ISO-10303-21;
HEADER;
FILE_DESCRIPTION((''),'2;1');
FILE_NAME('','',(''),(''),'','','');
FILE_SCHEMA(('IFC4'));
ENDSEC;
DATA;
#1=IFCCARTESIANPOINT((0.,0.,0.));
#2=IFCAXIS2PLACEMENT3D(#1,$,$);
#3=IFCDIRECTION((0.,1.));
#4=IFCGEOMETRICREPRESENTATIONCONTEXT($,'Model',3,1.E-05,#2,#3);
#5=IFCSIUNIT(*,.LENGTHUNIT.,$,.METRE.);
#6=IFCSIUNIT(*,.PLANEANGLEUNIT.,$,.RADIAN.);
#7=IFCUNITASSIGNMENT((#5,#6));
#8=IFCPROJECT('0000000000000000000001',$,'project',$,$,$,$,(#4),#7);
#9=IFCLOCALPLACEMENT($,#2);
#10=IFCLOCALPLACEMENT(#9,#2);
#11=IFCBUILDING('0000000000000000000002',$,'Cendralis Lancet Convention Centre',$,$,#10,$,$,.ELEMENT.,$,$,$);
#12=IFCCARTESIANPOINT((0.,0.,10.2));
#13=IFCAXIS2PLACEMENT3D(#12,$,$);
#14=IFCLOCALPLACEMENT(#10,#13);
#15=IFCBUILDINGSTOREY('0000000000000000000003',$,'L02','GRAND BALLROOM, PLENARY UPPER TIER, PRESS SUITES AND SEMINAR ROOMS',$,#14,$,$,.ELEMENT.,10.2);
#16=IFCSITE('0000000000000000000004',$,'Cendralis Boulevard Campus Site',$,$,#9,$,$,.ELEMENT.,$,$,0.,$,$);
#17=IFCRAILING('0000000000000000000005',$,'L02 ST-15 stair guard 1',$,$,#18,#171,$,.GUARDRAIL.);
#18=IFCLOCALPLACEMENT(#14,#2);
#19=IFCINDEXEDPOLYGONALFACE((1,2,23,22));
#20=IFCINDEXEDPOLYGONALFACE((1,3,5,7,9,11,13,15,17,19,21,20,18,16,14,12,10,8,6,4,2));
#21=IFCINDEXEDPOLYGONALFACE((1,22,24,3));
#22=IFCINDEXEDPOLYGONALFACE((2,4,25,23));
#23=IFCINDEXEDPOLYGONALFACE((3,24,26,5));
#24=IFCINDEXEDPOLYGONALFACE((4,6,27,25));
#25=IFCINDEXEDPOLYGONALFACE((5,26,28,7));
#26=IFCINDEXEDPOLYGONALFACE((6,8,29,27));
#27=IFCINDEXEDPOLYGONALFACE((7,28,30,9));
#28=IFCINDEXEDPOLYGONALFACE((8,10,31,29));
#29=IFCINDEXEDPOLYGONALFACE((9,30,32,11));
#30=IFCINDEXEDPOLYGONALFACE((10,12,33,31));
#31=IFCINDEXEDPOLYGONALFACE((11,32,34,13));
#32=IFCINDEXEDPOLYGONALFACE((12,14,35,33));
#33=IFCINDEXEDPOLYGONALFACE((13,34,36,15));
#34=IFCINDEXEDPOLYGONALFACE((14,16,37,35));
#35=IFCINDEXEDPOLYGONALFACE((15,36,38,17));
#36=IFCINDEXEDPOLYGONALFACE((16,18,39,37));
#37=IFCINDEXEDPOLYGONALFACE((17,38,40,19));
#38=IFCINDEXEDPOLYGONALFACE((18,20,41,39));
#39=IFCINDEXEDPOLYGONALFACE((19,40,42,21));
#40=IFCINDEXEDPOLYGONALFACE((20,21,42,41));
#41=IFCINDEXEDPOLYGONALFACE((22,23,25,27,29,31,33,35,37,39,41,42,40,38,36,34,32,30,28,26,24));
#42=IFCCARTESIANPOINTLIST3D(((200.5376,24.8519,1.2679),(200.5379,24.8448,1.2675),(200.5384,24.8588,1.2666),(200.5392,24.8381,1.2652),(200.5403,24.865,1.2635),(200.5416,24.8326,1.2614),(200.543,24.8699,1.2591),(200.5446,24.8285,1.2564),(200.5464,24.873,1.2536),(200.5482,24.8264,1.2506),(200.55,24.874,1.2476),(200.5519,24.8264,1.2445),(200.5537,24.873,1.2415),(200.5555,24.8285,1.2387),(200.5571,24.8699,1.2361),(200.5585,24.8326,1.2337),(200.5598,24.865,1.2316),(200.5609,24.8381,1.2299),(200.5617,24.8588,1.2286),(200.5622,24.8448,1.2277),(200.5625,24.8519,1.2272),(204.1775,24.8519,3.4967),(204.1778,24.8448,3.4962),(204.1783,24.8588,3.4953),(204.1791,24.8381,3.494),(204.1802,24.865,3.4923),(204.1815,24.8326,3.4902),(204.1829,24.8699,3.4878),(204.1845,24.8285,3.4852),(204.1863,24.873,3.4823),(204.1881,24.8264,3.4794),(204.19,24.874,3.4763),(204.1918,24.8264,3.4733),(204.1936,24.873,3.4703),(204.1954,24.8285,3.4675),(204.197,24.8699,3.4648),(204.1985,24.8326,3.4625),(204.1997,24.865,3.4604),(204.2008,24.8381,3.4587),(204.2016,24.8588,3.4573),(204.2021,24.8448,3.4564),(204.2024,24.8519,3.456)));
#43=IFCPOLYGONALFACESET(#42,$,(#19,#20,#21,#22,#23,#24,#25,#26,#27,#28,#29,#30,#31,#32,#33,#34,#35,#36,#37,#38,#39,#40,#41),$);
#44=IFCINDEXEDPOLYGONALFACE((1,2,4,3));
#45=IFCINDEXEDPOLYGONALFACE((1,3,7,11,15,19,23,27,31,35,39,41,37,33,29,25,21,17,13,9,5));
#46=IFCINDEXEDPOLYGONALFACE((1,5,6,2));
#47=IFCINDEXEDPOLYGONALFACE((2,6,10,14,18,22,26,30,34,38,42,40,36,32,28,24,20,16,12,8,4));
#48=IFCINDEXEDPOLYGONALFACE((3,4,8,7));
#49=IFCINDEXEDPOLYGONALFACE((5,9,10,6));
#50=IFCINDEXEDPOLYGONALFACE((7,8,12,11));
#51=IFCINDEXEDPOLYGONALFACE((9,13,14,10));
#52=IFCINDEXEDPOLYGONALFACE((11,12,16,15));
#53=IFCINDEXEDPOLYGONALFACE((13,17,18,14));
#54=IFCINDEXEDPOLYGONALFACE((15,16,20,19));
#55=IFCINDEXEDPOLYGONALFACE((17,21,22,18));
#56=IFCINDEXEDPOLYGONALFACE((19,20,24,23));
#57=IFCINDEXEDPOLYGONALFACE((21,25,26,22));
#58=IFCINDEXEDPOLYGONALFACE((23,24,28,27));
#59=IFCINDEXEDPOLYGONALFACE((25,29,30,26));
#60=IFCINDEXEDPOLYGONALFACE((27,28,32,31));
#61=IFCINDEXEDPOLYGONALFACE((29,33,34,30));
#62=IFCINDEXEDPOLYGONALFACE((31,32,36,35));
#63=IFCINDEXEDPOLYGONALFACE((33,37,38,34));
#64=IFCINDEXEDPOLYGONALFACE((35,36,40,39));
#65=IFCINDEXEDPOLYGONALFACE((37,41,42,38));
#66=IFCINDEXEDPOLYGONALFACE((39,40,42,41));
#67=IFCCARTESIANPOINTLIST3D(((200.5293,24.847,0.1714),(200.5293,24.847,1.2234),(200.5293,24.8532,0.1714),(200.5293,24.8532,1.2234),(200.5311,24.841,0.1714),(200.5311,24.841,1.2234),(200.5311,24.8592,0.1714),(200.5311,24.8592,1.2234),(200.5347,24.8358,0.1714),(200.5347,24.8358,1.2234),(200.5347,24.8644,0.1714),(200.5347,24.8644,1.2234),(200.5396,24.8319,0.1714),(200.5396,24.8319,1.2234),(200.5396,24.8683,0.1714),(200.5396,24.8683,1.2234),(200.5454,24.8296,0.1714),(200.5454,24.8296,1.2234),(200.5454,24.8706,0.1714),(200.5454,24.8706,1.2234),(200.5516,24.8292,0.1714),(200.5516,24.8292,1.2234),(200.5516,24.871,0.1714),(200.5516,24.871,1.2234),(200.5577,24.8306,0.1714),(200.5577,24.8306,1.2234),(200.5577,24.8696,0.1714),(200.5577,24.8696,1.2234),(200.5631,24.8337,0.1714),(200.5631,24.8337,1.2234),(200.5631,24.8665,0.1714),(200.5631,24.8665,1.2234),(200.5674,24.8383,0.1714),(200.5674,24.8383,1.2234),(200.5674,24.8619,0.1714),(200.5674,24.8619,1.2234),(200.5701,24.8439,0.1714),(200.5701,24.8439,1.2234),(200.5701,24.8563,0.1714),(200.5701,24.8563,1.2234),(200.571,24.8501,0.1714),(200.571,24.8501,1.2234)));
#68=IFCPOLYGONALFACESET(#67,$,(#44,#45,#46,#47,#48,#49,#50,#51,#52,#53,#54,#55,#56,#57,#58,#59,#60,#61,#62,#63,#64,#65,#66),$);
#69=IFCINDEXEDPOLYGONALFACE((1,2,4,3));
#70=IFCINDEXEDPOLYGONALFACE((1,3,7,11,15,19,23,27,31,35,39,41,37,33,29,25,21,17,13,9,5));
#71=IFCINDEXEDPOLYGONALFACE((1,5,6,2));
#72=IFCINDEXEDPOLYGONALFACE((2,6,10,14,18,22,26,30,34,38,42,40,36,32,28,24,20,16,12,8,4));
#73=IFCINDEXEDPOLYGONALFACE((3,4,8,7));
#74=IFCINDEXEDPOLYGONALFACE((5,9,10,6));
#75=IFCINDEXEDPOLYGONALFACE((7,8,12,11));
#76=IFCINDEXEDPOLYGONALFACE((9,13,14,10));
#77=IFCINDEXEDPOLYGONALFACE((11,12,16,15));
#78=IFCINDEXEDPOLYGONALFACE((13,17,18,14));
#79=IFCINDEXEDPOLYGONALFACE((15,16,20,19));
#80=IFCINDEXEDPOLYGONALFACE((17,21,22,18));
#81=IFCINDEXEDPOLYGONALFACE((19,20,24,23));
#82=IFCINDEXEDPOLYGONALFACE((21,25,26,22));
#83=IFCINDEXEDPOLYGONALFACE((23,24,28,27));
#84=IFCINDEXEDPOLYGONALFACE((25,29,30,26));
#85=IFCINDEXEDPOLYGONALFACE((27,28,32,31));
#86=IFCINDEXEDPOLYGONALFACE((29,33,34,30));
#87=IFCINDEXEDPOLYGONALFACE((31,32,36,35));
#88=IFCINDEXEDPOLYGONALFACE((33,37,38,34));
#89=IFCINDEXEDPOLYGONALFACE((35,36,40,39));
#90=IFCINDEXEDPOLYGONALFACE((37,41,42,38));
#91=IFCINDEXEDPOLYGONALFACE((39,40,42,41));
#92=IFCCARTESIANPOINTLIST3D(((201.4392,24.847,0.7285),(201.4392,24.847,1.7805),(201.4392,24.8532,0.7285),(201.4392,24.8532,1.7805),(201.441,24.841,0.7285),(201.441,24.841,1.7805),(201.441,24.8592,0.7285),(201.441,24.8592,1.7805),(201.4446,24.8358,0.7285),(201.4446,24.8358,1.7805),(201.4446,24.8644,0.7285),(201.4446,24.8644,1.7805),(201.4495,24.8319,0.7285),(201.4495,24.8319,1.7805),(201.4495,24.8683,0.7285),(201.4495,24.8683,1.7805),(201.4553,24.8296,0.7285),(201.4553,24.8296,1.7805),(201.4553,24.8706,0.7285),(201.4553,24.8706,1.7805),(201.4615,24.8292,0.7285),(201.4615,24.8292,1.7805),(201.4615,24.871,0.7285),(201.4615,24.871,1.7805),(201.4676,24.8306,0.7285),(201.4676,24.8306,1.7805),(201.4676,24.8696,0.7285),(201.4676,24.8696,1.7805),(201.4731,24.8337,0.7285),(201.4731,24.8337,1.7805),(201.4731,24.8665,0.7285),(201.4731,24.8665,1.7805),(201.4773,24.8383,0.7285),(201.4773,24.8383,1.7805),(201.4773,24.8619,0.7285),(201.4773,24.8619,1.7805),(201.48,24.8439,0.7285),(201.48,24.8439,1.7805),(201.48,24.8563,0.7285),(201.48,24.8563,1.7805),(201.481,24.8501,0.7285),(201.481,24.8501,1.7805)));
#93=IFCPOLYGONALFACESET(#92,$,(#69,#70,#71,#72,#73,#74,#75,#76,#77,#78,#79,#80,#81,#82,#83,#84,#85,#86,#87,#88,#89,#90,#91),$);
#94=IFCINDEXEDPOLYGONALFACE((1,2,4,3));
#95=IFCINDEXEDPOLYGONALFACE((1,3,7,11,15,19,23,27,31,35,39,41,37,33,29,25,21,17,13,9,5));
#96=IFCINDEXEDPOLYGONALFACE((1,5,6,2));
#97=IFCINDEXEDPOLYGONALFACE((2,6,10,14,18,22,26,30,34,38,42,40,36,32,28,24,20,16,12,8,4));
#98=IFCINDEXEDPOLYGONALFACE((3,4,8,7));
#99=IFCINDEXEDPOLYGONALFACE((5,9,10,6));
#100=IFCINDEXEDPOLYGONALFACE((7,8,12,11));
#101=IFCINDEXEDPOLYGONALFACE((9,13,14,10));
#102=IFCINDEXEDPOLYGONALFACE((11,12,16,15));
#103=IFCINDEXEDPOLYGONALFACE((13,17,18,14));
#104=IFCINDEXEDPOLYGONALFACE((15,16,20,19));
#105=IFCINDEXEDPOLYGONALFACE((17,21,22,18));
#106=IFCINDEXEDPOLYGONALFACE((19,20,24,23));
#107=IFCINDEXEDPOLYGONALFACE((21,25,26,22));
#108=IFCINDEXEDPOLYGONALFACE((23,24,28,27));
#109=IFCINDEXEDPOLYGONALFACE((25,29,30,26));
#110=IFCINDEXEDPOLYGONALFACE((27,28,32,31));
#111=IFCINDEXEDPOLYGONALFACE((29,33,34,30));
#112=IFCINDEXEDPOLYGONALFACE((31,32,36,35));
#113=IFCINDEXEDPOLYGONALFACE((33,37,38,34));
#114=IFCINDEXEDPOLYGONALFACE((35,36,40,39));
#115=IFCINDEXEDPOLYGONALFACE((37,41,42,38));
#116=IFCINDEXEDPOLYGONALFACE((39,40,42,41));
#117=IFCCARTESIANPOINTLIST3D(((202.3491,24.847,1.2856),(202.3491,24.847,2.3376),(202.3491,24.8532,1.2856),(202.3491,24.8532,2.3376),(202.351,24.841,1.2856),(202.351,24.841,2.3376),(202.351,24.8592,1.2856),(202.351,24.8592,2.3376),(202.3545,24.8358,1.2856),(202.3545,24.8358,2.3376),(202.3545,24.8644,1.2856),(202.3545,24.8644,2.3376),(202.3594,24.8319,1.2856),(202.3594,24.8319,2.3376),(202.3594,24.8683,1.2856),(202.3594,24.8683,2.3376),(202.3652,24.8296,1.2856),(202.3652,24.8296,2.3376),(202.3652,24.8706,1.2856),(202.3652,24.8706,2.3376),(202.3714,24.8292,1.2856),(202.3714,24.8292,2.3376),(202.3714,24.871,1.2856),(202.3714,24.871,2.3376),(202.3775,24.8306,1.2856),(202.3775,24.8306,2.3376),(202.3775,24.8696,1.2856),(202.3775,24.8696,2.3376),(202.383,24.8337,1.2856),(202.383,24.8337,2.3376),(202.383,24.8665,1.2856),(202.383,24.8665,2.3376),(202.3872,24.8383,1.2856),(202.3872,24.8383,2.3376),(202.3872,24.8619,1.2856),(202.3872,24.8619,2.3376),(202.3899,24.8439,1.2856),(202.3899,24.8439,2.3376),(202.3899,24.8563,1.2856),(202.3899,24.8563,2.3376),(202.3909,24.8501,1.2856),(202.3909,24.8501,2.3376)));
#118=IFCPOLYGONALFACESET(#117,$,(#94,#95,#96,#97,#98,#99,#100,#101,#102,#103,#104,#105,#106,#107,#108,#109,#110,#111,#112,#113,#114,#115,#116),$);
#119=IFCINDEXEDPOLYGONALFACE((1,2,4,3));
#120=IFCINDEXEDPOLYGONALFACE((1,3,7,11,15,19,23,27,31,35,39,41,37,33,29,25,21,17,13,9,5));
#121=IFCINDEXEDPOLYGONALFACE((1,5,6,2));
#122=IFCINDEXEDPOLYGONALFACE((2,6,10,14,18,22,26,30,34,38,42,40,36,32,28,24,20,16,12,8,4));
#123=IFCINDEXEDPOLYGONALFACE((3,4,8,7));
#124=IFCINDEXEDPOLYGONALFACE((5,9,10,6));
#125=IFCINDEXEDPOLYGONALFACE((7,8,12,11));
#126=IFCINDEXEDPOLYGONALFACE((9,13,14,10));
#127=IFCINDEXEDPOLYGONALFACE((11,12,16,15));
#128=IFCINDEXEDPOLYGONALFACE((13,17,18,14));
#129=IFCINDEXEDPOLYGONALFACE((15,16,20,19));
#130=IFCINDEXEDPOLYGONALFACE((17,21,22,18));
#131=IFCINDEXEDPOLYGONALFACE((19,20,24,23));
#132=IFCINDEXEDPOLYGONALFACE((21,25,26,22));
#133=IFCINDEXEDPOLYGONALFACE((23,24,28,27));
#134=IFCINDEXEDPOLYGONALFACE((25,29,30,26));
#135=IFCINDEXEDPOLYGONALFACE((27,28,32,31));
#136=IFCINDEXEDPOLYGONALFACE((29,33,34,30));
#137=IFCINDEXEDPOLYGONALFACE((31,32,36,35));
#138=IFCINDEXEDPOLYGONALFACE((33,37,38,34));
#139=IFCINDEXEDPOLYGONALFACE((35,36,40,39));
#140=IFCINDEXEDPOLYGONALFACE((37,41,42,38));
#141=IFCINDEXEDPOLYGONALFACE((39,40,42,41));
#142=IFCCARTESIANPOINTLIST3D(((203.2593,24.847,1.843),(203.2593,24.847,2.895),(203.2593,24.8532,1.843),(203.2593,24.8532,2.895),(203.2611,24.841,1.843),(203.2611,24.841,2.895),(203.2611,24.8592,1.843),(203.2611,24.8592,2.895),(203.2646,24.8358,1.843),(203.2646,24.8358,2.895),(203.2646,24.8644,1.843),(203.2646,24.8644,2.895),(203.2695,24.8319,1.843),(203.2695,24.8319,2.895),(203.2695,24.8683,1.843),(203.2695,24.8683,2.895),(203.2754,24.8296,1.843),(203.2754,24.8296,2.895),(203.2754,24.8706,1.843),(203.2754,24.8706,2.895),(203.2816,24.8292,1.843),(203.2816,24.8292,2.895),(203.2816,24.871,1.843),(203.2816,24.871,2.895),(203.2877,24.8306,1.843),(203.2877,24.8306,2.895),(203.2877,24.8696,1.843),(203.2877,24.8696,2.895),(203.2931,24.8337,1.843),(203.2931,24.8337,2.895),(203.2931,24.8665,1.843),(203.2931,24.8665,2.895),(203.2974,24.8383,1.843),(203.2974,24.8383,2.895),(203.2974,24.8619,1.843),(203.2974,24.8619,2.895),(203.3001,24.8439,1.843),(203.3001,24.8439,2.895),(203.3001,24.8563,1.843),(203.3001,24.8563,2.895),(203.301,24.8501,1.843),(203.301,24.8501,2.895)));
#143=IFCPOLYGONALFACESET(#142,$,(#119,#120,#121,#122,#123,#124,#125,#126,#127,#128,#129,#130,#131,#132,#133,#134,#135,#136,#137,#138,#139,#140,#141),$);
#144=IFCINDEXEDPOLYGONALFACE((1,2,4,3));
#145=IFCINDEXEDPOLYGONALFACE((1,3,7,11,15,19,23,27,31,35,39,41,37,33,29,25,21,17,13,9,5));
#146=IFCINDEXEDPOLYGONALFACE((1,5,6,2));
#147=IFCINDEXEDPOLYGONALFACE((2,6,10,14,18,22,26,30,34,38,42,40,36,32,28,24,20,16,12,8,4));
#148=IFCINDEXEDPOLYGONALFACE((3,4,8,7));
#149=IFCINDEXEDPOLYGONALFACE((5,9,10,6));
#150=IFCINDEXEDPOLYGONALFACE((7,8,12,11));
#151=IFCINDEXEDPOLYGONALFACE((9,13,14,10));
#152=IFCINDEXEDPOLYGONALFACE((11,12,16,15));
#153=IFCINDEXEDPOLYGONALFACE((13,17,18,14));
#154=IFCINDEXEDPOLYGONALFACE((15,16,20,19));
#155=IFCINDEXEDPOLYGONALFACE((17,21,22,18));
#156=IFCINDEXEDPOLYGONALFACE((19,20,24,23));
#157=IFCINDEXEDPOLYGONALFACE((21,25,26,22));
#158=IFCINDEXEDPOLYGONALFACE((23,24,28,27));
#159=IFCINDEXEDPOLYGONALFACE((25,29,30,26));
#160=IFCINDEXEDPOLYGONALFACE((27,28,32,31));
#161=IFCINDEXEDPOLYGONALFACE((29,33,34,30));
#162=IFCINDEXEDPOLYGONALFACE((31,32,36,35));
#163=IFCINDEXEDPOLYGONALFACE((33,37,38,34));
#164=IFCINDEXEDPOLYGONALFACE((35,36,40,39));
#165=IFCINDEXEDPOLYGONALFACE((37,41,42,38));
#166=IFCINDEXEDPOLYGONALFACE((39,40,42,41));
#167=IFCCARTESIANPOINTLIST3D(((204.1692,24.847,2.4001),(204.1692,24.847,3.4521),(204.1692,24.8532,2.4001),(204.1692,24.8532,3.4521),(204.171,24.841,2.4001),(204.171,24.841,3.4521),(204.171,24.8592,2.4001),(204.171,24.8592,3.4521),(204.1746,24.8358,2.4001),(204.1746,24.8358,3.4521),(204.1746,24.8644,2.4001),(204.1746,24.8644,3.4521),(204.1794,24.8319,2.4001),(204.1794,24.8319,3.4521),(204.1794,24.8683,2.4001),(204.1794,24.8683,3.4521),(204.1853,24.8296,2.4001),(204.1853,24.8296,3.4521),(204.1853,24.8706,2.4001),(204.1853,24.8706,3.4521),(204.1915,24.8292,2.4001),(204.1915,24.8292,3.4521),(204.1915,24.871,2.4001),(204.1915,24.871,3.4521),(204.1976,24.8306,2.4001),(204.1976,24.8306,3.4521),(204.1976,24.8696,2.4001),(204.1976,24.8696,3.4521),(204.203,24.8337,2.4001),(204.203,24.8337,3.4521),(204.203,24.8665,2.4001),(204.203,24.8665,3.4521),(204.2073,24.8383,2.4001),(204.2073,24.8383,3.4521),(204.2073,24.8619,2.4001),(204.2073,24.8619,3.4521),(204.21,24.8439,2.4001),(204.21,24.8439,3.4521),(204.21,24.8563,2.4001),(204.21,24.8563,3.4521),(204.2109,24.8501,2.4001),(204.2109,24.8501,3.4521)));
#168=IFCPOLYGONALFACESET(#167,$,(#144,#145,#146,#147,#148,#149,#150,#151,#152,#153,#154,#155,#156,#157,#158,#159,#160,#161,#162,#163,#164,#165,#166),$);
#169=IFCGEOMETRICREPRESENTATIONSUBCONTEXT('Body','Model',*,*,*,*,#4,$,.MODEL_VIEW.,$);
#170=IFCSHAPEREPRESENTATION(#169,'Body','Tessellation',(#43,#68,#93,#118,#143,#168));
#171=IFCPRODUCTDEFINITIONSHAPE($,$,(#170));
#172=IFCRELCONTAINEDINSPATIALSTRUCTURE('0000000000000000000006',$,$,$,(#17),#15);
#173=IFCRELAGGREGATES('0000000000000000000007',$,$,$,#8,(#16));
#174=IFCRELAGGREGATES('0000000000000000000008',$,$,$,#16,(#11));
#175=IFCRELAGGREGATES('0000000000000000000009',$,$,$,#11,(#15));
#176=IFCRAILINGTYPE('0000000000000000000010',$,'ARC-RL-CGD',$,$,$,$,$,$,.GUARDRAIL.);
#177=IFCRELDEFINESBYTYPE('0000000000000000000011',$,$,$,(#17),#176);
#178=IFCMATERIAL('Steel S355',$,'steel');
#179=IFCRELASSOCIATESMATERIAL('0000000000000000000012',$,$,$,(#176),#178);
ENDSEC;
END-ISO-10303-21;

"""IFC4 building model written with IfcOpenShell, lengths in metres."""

from ifc_helpers import new_model, si_unit, direction, frame, origin, origin_2d, place, context, subcontext, project, spatial, circle, extrude, material, type_object, element, save


model = new_model("IFC4")

# Units and contexts
model_context = context("Model", 3, precision=1e-05, world=origin(), true_north=direction((0.0, 1.0)))
body_context = subcontext(model_context, "Body", "Model", "MODEL_VIEW")
ifc_project = project(units=[si_unit("LENGTHUNIT", "METRE"), si_unit("PLANEANGLEUNIT", "RADIAN")], contexts=[model_context])

# Site, building, storey
site_placement = place(None, origin())
site = spatial("IfcSite", under=ifc_project, at=site_placement, Name="Cendralis Boulevard Campus Site", CompositionType="ELEMENT", RefElevation=0.0)
building_placement = place(site_placement, origin())
building = spatial("IfcBuilding", under=site, at=building_placement, Name="Cendralis Lancet Convention Centre", CompositionType="ELEMENT")
storey_placement = place(building_placement, frame((0.0, 0.0, 10.2)))
storey = spatial("IfcBuildingStorey", under=building, at=storey_placement, Name="L02", Description="GRAND BALLROOM, PLENARY UPPER TIER, PRESS SUITES AND SEMINAR ROOMS", CompositionType="ELEMENT", Elevation=10.2)

# Shared definitions
ifc_material_1 = material(Name="Steel S355", Category="steel")

# Railing
railing_type_1 = type_object("IfcRailingType", Name="ARC-RL-CGD", PredefinedType="GUARDRAIL", material=ifc_material_1)
railing_1_placement = place(storey_placement, frame((200.55, 24.8501, 0.1714)))
element("IfcRailing", 1, at=railing_1_placement, inside=storey, type_object=railing_type_1, Name="L02 ST-15 stair guard 1", PredefinedType="GUARDRAIL", context=body_context, shape_type="SweptSolid", body=[
    extrude(circle(Radius=0.0239, at=origin_2d()), frame((0.0, 0.0, 1.0762), z_axis=(0.852825, 0.0, 0.522197), x_axis=(0.0, 1.0, 0.0)), (0.0, 0.0, 1.0), 4.2681),
    extrude(circle(Radius=0.021, at=origin_2d()), origin(), (0.0, 0.0, 1.0), 1.052),
    extrude(circle(Radius=0.021, at=origin_2d()), frame((0.9099, 0.0, 0.5571)), (0.0, 0.0, 1.0), 1.052),
    extrude(circle(Radius=0.021, at=origin_2d()), frame((1.8198, 0.0, 1.1143)), (0.0, 0.0, 1.0), 1.052),
    extrude(circle(Radius=0.021, at=origin_2d()), frame((2.73, 0.0, 1.6716)), (0.0, 0.0, 1.0), 1.052),
    extrude(circle(Radius=0.021, at=origin_2d()), frame((3.6399, 0.0, 2.2288)), (0.0, 0.0, 1.0), 1.052),
])

save(model, "model.ifc")
